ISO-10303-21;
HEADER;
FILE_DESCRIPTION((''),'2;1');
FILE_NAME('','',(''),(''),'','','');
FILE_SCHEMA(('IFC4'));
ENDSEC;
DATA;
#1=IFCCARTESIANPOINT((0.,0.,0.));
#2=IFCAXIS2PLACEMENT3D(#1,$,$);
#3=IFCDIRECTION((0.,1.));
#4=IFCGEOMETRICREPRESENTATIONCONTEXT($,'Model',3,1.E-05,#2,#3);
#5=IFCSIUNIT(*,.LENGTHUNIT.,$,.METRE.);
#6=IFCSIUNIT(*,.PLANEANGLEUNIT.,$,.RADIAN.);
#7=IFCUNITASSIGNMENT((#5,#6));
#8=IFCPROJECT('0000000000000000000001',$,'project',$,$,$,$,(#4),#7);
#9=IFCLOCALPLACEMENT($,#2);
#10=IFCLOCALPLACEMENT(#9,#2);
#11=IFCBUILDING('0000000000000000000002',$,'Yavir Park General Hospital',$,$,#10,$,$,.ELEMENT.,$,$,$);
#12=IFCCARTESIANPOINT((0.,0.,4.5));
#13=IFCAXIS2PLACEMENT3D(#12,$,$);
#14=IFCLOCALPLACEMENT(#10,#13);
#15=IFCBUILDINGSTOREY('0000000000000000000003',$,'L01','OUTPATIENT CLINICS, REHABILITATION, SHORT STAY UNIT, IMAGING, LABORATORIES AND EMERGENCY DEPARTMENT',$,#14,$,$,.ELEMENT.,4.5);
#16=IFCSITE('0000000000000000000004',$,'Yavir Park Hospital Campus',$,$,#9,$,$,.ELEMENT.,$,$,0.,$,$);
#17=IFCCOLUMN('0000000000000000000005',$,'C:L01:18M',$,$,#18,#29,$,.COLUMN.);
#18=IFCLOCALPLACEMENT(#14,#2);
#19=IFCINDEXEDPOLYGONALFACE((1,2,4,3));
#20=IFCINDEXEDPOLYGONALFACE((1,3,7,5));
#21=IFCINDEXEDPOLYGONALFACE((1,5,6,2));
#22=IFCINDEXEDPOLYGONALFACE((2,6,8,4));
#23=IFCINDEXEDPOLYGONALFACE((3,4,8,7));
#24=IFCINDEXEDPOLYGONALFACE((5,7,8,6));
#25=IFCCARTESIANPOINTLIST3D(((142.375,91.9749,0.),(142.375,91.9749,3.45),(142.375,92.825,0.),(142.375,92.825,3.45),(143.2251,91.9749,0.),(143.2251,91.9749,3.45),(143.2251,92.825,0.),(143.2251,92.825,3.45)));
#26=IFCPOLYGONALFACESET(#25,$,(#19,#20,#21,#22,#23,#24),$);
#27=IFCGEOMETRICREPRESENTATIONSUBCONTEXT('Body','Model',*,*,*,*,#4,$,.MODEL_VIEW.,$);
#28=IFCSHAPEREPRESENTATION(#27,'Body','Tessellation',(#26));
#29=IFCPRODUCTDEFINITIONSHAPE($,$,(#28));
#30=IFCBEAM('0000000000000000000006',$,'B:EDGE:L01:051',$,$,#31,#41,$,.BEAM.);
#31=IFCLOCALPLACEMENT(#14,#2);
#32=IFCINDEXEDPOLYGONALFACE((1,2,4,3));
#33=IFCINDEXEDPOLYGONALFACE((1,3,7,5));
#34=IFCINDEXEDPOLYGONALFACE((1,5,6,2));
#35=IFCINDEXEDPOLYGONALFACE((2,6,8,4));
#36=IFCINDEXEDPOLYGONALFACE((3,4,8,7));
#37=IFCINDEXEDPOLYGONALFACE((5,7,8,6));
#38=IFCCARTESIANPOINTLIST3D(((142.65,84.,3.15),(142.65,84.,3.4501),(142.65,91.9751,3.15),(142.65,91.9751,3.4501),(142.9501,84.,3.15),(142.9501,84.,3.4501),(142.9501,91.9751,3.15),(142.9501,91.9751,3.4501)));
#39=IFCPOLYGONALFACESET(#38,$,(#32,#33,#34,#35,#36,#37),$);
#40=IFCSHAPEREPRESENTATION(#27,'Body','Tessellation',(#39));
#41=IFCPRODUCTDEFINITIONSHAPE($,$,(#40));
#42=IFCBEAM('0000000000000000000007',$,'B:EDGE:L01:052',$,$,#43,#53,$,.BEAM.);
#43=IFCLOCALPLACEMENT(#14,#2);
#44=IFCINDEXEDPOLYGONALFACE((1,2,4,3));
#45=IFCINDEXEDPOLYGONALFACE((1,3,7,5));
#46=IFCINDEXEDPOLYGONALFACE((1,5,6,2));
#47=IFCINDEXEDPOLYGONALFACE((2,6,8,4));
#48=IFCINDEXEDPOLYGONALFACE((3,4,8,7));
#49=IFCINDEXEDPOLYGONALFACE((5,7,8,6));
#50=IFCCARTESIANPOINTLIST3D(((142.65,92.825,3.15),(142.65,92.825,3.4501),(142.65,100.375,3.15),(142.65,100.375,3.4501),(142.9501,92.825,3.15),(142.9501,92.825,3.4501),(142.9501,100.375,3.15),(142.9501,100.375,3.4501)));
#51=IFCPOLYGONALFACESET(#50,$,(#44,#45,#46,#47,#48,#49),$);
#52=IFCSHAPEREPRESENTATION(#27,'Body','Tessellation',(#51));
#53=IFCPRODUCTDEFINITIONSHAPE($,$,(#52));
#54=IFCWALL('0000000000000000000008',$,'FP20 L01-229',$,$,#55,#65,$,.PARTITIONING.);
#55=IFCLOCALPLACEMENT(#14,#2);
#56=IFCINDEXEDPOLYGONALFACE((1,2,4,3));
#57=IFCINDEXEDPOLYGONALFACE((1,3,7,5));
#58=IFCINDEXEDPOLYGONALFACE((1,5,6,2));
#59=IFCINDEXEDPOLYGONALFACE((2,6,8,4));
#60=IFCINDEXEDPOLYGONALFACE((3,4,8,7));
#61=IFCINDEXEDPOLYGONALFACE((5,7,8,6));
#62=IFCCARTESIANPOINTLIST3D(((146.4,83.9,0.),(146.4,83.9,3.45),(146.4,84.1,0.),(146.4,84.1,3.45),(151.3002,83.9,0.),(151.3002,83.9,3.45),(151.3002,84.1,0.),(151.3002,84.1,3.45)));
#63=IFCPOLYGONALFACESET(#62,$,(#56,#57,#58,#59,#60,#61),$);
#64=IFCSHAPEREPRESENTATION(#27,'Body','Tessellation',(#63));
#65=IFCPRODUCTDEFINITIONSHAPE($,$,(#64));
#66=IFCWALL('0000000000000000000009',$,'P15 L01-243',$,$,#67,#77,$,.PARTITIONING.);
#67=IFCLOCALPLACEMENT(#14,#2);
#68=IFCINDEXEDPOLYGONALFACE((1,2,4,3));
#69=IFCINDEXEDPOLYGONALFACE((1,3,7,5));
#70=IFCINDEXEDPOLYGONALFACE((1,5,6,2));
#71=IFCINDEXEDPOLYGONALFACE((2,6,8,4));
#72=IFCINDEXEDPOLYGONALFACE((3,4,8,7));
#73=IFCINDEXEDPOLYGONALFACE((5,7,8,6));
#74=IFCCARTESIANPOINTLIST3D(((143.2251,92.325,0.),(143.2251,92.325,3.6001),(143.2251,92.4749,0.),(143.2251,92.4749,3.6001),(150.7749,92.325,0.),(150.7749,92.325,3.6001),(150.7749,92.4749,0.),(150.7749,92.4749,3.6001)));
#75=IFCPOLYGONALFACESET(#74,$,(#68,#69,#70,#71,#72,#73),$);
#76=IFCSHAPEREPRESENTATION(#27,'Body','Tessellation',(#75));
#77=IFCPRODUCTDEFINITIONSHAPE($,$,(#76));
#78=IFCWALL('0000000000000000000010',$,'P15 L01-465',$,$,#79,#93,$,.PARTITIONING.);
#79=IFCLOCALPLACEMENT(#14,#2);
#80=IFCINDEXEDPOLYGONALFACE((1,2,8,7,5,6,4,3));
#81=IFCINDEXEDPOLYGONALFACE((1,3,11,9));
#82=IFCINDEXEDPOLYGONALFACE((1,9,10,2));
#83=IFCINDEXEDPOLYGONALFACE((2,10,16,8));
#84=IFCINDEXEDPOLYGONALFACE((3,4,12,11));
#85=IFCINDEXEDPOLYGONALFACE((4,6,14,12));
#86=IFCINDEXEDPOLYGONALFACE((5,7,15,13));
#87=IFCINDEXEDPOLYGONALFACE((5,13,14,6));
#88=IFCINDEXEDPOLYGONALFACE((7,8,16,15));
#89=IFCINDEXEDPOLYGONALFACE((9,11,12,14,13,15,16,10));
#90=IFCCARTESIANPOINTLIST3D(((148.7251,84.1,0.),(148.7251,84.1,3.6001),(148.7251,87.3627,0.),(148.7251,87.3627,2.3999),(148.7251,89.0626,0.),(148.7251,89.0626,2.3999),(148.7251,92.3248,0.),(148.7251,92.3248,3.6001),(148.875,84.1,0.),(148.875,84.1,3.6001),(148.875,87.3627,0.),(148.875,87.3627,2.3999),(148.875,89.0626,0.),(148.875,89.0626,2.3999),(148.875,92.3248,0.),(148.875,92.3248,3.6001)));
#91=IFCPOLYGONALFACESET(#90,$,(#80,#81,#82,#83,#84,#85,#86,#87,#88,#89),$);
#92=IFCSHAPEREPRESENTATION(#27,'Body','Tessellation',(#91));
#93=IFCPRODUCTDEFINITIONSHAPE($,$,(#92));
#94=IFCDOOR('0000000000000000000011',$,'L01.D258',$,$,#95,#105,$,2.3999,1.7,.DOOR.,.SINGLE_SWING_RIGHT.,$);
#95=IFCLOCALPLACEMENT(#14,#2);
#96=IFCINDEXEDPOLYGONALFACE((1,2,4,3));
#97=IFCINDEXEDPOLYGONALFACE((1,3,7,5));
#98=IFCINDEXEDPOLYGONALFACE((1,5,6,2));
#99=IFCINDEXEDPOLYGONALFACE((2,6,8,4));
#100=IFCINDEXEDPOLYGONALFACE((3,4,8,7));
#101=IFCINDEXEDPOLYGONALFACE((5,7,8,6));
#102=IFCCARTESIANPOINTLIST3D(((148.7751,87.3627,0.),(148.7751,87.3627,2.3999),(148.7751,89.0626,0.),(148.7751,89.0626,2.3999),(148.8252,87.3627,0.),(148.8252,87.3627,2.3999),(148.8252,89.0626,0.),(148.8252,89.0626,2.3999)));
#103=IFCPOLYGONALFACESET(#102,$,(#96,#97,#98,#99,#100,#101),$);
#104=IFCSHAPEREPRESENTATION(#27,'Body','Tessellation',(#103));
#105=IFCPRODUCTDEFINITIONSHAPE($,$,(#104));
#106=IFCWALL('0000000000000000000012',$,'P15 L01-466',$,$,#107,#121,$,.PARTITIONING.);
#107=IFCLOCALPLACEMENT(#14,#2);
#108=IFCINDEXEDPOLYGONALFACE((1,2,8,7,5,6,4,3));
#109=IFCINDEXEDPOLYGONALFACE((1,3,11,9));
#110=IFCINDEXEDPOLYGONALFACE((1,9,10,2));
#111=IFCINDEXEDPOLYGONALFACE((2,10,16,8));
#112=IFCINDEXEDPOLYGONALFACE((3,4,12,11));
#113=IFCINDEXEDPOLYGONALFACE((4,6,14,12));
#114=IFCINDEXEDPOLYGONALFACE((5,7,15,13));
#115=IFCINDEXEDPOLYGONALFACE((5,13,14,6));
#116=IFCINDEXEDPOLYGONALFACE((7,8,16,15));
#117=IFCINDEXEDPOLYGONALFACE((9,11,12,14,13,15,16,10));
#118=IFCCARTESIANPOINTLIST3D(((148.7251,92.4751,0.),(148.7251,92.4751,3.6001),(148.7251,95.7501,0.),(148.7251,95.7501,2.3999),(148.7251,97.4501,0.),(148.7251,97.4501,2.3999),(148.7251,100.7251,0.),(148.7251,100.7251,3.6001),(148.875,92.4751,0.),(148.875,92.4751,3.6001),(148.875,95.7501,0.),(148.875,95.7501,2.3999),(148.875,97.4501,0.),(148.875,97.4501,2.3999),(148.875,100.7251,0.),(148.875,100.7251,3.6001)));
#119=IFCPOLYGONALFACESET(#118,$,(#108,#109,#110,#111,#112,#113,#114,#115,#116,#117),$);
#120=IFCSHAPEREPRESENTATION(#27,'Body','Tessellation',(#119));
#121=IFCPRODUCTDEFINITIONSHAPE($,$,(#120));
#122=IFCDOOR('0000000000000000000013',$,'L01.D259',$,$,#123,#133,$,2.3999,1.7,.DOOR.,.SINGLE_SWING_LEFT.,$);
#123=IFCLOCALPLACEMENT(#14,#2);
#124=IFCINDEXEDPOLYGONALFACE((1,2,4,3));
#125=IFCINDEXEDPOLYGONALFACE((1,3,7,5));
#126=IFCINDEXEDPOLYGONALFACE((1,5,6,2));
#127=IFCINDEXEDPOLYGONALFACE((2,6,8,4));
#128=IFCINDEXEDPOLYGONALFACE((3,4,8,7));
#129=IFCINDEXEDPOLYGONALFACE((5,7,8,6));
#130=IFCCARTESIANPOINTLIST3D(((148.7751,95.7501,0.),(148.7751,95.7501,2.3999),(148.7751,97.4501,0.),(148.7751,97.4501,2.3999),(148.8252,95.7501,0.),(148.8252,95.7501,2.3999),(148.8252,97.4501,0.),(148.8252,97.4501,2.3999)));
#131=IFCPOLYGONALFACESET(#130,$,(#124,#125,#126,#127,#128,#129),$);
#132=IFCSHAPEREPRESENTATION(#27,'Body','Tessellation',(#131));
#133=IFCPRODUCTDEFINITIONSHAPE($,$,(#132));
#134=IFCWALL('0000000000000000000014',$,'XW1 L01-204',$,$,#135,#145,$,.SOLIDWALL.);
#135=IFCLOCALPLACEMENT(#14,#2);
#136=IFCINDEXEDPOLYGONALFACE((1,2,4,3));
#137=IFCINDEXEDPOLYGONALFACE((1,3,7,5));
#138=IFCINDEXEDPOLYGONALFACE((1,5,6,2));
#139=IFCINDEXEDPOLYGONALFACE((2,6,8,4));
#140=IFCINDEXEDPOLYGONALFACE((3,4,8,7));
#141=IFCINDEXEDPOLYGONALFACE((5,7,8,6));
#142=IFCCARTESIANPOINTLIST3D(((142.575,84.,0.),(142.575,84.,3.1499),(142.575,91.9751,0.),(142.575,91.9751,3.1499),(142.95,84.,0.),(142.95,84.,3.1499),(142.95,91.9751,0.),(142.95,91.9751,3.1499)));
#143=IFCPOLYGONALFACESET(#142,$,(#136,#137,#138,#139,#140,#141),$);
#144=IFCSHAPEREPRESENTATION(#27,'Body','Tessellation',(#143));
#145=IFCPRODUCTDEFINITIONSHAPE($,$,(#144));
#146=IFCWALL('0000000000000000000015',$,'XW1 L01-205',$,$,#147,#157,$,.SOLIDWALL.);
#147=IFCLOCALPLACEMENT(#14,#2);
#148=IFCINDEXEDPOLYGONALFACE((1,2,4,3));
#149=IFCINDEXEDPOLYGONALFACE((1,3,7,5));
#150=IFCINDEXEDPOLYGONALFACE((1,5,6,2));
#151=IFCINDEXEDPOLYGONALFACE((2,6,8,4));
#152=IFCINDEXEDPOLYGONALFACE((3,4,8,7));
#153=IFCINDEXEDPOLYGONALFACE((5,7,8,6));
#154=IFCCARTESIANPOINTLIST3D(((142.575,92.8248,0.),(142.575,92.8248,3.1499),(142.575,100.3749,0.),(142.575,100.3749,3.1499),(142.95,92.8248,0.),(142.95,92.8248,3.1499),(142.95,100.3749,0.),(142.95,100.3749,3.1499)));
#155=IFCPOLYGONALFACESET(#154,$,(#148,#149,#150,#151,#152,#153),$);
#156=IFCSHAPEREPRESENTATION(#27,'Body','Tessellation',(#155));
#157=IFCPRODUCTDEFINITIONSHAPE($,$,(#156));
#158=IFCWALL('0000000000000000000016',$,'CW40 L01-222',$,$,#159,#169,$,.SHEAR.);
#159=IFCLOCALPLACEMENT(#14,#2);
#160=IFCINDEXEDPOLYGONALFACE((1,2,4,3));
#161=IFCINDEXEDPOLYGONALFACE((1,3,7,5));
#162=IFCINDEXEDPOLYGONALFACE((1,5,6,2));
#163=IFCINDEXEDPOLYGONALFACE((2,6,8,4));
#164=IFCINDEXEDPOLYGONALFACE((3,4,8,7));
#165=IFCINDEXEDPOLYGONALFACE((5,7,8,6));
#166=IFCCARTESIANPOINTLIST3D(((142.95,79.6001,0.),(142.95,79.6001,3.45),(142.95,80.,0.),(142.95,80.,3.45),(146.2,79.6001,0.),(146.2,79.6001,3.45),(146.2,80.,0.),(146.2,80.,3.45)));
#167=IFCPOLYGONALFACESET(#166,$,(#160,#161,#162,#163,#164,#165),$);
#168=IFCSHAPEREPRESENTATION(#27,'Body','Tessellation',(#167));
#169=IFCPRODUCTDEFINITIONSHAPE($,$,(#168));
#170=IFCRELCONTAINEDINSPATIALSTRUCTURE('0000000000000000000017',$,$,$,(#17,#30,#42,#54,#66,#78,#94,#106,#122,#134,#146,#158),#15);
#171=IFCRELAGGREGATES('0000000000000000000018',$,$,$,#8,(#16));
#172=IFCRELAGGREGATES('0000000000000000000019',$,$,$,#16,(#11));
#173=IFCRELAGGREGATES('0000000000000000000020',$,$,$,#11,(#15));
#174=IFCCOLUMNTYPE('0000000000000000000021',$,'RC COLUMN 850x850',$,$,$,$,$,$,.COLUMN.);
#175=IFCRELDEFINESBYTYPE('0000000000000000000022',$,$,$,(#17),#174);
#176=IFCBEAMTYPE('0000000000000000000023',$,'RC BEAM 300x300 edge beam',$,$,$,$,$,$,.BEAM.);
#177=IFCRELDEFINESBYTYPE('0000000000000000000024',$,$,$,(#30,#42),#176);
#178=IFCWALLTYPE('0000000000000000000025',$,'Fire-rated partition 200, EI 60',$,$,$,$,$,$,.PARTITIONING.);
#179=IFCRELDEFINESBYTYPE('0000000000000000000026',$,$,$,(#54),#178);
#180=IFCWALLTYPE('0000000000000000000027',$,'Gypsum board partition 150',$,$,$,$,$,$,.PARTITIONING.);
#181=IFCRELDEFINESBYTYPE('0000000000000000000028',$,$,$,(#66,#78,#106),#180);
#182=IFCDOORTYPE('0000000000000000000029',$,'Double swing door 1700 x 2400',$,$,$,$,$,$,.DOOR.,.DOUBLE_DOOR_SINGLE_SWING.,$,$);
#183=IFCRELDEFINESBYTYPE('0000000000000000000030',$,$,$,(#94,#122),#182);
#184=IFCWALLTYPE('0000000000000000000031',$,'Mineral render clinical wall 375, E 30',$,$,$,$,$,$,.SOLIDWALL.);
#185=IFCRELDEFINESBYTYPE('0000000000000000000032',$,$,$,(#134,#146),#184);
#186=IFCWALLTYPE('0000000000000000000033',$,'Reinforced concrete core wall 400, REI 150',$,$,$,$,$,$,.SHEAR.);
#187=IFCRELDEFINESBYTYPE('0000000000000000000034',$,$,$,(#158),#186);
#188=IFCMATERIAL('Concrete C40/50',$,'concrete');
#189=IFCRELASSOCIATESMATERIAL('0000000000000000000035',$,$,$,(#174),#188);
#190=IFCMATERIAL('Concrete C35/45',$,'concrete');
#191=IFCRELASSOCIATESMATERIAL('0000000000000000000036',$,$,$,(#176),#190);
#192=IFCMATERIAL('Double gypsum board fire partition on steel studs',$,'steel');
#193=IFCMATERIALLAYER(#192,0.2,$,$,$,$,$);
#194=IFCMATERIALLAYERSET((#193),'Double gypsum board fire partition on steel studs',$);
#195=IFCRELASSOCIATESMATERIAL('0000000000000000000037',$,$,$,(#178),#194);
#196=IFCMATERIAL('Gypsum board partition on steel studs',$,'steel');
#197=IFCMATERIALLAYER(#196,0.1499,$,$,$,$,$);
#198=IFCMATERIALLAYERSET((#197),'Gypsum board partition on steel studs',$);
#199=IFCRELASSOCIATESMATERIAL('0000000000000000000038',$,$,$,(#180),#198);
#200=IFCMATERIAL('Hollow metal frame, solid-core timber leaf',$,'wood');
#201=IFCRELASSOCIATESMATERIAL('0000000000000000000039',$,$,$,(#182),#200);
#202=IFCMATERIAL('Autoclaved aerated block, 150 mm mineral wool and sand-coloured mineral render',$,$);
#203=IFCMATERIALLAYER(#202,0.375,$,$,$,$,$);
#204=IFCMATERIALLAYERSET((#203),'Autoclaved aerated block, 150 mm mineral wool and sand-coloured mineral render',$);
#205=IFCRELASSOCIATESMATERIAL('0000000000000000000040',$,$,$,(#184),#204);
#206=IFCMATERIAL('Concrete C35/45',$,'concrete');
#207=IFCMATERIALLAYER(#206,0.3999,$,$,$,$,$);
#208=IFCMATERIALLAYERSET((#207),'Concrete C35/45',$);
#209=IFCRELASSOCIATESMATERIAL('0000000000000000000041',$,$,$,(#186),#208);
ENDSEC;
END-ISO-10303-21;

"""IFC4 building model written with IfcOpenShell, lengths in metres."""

from ifc_helpers import new_model, si_unit, direction, frame, frame_2d, origin, origin_2d, place, context, subcontext, project, spatial, rectangle, extrude, material, layer, layer_set, material_profile, profile_set, type_object, element, fill, save


model = new_model("IFC4")

# Units and contexts
model_context = context("Model", 3, precision=1e-05, world=origin(), true_north=direction((0.0, 1.0)))
body_context = subcontext(model_context, "Body", "Model", "MODEL_VIEW")
ifc_project = project(units=[si_unit("LENGTHUNIT", "METRE"), si_unit("PLANEANGLEUNIT", "RADIAN")], contexts=[model_context])

# Site, building, storey
site_placement = place(None, origin())
site = spatial("IfcSite", under=ifc_project, at=site_placement, Name="Yavir Park Hospital Campus", CompositionType="ELEMENT", RefElevation=0.0)
building_placement = place(site_placement, origin())
building = spatial("IfcBuilding", under=site, at=building_placement, Name="Yavir Park General Hospital", CompositionType="ELEMENT")
storey_placement = place(building_placement, frame((0.0, 0.0, 4.5)))
storey = spatial("IfcBuildingStorey", under=building, at=storey_placement, Name="L01", Description="OUTPATIENT CLINICS, REHABILITATION, SHORT STAY UNIT, IMAGING, LABORATORIES AND EMERGENCY DEPARTMENT", CompositionType="ELEMENT", Elevation=4.5)

# Column
ifc_material_1 = material(Name="Concrete C40/50", Category="concrete")
ifc_material_profile_1 = material_profile(ifc_material_1, rectangle(XDim=0.8501, YDim=0.8501, at=origin_2d()), Name="RC850x850")
ifc_profile_set_1 = profile_set([ifc_material_profile_1], Name="Concrete C40/50")
column_type = type_object("IfcColumnType", Name="RC COLUMN 850x850", PredefinedType="COLUMN", material=ifc_profile_set_1)
column_placement = place(storey_placement, frame((142.8, 92.3999, 0.0), z_axis=(0.0, 0.0, 1.0), x_axis=(1.0, 0.0, 0.0)))
element("IfcColumn", 1, at=column_placement, inside=storey, type_object=column_type, Name="C:L01:18M", PredefinedType="COLUMN", context=body_context, shape_type="SweptSolid", body=[
    extrude(rectangle(XDim=0.8501, YDim=0.8501, at=origin_2d()), origin(), (0.0, 0.0, 1.0), 3.45),
])

# Beams
ifc_material_2 = material(Name="Concrete C35/45", Category="concrete")
ifc_material_profile_2 = material_profile(ifc_material_2, rectangle(XDim=0.3, YDim=0.3, at=origin_2d()), Name="RC300x300")
ifc_profile_set_2 = profile_set([ifc_material_profile_2], Name="Concrete C35/45")
beam_type = type_object("IfcBeamType", Name="RC BEAM 300x300 edge beam", PredefinedType="BEAM", material=ifc_profile_set_2)
beam_1_placement = place(storey_placement, frame((142.8, 84.0, 3.3), z_axis=(0.0, 1.0, 0.0), x_axis=(-1.0, 0.0, 0.0)))
element("IfcBeam", 2, at=beam_1_placement, inside=storey, type_object=beam_type, Name="B:EDGE:L01:051", PredefinedType="BEAM", context=body_context, shape_type="SweptSolid", body=[
    extrude(rectangle(XDim=0.3, YDim=0.3, at=origin_2d()), origin(), (0.0, 0.0, 1.0), 7.9751),
])
beam_2_placement = place(storey_placement, frame((142.8, 92.825, 3.3), z_axis=(0.0, 1.0, 0.0), x_axis=(-1.0, 0.0, 0.0)))
element("IfcBeam", 3, at=beam_2_placement, inside=storey, type_object=beam_type, Name="B:EDGE:L01:052", PredefinedType="BEAM", context=body_context, shape_type="SweptSolid", body=[
    extrude(rectangle(XDim=0.3, YDim=0.3, at=origin_2d()), origin(), (0.0, 0.0, 1.0), 7.55),
])

# Wall
ifc_material_3 = material(Name="Double gypsum board fire partition on steel studs", Category="steel")
ifc_layer_1 = layer(ifc_material_3, 0.2)
ifc_layer_set_1 = layer_set([ifc_layer_1], Name="Double gypsum board fire partition on steel studs")
wall_type_1 = type_object("IfcWallType", Name="Fire-rated partition 200, EI 60", PredefinedType="PARTITIONING", material=ifc_layer_set_1)
wall_1_placement = place(storey_placement, frame((146.3999, 84.0, 0.0), z_axis=(0.0, 0.0, 1.0), x_axis=(1.0, 0.0, 0.0)))
element("IfcWall", 4, at=wall_1_placement, inside=storey, type_object=wall_type_1, Name="FP20 L01-229", PredefinedType="PARTITIONING", context=body_context, shape_type="SweptSolid", body=[
    extrude(rectangle(XDim=4.9001, YDim=0.2, at=frame_2d((2.4502, 0.0))), origin(), (0.0, 0.0, 1.0), 3.45),
])

# Wall
ifc_material_4 = material(Name="Gypsum board partition on steel studs", Category="steel")
ifc_layer_2 = layer(ifc_material_4, 0.1499)
ifc_layer_set_2 = layer_set([ifc_layer_2], Name="Gypsum board partition on steel studs")
wall_type_2 = type_object("IfcWallType", Name="Gypsum board partition 150", PredefinedType="PARTITIONING", material=ifc_layer_set_2)
wall_2_placement = place(storey_placement, frame((143.2251, 92.3999, 0.0), z_axis=(0.0, 0.0, 1.0), x_axis=(1.0, 0.0, 0.0)))
element("IfcWall", 5, at=wall_2_placement, inside=storey, type_object=wall_type_2, Name="P15 L01-243", PredefinedType="PARTITIONING", context=body_context, shape_type="SweptSolid", body=[
    extrude(rectangle(XDim=7.5498, YDim=0.1499, at=frame_2d((3.7749, 0.0))), origin(), (0.0, 0.0, 1.0), 3.6001),
])

# Walls, openings, doors
wall_3_placement = place(storey_placement, frame((148.8, 84.1001, 0.0), z_axis=(0.0, 0.0, 1.0), x_axis=(0.0, 1.0, 0.0)))
wall_3 = element("IfcWall", 6, at=wall_3_placement, inside=storey, type_object=wall_type_2, Name="P15 L01-465", PredefinedType="PARTITIONING", context=body_context, shape_type="SweptSolid", body=[
    extrude(rectangle(XDim=8.2249, YDim=0.1499, at=frame_2d((4.1123, 0.0))), origin(), (0.0, 0.0, 1.0), 3.6001),
])
opening_1_placement = place(wall_3_placement, frame((3.2625, 0.0, 0.0)))
opening_1 = element("IfcOpeningElement", 7, at=opening_1_placement, cuts=wall_3, PredefinedType="OPENING", context=body_context, shape_type="SweptSolid", body=[
    extrude(rectangle(XDim=1.7, YDim=2.3999, at=frame_2d((0.8501, 1.2))), frame((0.0, 0.085, 0.0), z_axis=(0.0, -1.0, 0.0), x_axis=(1.0, 0.0, 0.0)), (0.0, 0.0, 1.0), 0.1699),
])
ifc_material_5 = material(Name="Hollow metal frame, solid-core timber leaf", Category="wood")
door_type_1 = type_object("IfcDoorType", Name="Double swing door 1700 x 2400", OperationType="DOUBLE_DOOR_SINGLE_SWING", PredefinedType="DOOR", material=ifc_material_5)
door_1_placement = place(opening_1_placement, origin())
door_1 = element("IfcDoor", 8, at=door_1_placement, inside=storey, type_object=door_type_1, Name="L01.D258", OperationType="SINGLE_SWING_RIGHT", OverallHeight=2.3999, OverallWidth=1.7, PredefinedType="DOOR", context=body_context, shape_type="SweptSolid", body=[
    extrude(rectangle(XDim=1.7, YDim=2.3999, at=frame_2d((0.8501, 1.2))), frame((0.0, 0.0249, 0.0), z_axis=(0.0, -1.0, 0.0), x_axis=(1.0, 0.0, 0.0)), (0.0, 0.0, 1.0), 0.05),
])
fill(opening_1, door_1)
wall_4_placement = place(storey_placement, frame((148.8, 92.4751, 0.0), z_axis=(0.0, 0.0, 1.0), x_axis=(0.0, 1.0, 0.0)))
wall_4 = element("IfcWall", 9, at=wall_4_placement, inside=storey, type_object=wall_type_2, Name="P15 L01-466", PredefinedType="PARTITIONING", context=body_context, shape_type="SweptSolid", body=[
    extrude(rectangle(XDim=8.25, YDim=0.1499, at=frame_2d((4.125, 0.0))), origin(), (0.0, 0.0, 1.0), 3.6001),
])
opening_2_placement = place(wall_4_placement, frame((3.2749, 0.0, 0.0)))
opening_2 = element("IfcOpeningElement", 10, at=opening_2_placement, cuts=wall_4, PredefinedType="OPENING", context=body_context, shape_type="SweptSolid", body=[
    extrude(rectangle(XDim=1.7, YDim=2.3999, at=frame_2d((0.8501, 1.2))), frame((0.0, 0.085, 0.0), z_axis=(0.0, -1.0, 0.0), x_axis=(1.0, 0.0, 0.0)), (0.0, 0.0, 1.0), 0.1699),
])
door_2_placement = place(opening_2_placement, origin())
door_2 = element("IfcDoor", 11, at=door_2_placement, inside=storey, type_object=door_type_1, Name="L01.D259", OperationType="SINGLE_SWING_LEFT", OverallHeight=2.3999, OverallWidth=1.7, PredefinedType="DOOR", context=body_context, shape_type="SweptSolid", body=[
    extrude(rectangle(XDim=1.7, YDim=2.3999, at=frame_2d((0.8501, 1.2))), frame((0.0, 0.0249, 0.0), z_axis=(0.0, -1.0, 0.0), x_axis=(1.0, 0.0, 0.0)), (0.0, 0.0, 1.0), 0.05),
])
fill(opening_2, door_2)

# Walls
ifc_material_6 = material(Name="Autoclaved aerated block, 150 mm mineral wool and sand-coloured mineral render")
ifc_layer_3 = layer(ifc_material_6, 0.375)
ifc_layer_set_3 = layer_set([ifc_layer_3], Name="Autoclaved aerated block, 150 mm mineral wool and sand-coloured mineral render")
wall_type_3 = type_object("IfcWallType", Name="Mineral render clinical wall 375, E 30", PredefinedType="SOLIDWALL", material=ifc_layer_set_3)
wall_5_placement = place(storey_placement, frame((142.7625, 84.0, 0.0), z_axis=(0.0, 0.0, 1.0), x_axis=(0.0, 1.0, 0.0)))
element("IfcWall", 12, at=wall_5_placement, inside=storey, type_object=wall_type_3, Name="XW1 L01-204", PredefinedType="SOLIDWALL", context=body_context, shape_type="SweptSolid", body=[
    extrude(rectangle(XDim=7.9751, YDim=0.375, at=frame_2d((3.9875, 0.0))), origin(), (0.0, 0.0, 1.0), 3.1499),
])
wall_6_placement = place(storey_placement, frame((142.7625, 92.825, 0.0), z_axis=(0.0, 0.0, 1.0), x_axis=(0.0, 1.0, 0.0)))
element("IfcWall", 13, at=wall_6_placement, inside=storey, type_object=wall_type_3, Name="XW1 L01-205", PredefinedType="SOLIDWALL", context=body_context, shape_type="SweptSolid", body=[
    extrude(rectangle(XDim=7.55, YDim=0.375, at=frame_2d((3.7749, 0.0))), origin(), (0.0, 0.0, 1.0), 3.1499),
])
ifc_material_7 = material(Name="Concrete C35/45", Category="concrete")
ifc_layer_4 = layer(ifc_material_7, 0.3999)
ifc_layer_set_4 = layer_set([ifc_layer_4], Name="Concrete C35/45")
wall_type_4 = type_object("IfcWallType", Name="Reinforced concrete core wall 400, REI 150", PredefinedType="SHEAR", material=ifc_layer_set_4)
wall_7_placement = place(storey_placement, frame((142.95, 79.8, 0.0), z_axis=(0.0, 0.0, 1.0), x_axis=(1.0, 0.0, 0.0)))
element("IfcWall", 14, at=wall_7_placement, inside=storey, type_object=wall_type_4, Name="CW40 L01-222", PredefinedType="SHEAR", context=body_context, shape_type="SweptSolid", body=[
    extrude(rectangle(XDim=3.25, YDim=0.3999, at=frame_2d((1.625, 0.0))), origin(), (0.0, 0.0, 1.0), 3.45),
])

save(model, "model.ifc")
